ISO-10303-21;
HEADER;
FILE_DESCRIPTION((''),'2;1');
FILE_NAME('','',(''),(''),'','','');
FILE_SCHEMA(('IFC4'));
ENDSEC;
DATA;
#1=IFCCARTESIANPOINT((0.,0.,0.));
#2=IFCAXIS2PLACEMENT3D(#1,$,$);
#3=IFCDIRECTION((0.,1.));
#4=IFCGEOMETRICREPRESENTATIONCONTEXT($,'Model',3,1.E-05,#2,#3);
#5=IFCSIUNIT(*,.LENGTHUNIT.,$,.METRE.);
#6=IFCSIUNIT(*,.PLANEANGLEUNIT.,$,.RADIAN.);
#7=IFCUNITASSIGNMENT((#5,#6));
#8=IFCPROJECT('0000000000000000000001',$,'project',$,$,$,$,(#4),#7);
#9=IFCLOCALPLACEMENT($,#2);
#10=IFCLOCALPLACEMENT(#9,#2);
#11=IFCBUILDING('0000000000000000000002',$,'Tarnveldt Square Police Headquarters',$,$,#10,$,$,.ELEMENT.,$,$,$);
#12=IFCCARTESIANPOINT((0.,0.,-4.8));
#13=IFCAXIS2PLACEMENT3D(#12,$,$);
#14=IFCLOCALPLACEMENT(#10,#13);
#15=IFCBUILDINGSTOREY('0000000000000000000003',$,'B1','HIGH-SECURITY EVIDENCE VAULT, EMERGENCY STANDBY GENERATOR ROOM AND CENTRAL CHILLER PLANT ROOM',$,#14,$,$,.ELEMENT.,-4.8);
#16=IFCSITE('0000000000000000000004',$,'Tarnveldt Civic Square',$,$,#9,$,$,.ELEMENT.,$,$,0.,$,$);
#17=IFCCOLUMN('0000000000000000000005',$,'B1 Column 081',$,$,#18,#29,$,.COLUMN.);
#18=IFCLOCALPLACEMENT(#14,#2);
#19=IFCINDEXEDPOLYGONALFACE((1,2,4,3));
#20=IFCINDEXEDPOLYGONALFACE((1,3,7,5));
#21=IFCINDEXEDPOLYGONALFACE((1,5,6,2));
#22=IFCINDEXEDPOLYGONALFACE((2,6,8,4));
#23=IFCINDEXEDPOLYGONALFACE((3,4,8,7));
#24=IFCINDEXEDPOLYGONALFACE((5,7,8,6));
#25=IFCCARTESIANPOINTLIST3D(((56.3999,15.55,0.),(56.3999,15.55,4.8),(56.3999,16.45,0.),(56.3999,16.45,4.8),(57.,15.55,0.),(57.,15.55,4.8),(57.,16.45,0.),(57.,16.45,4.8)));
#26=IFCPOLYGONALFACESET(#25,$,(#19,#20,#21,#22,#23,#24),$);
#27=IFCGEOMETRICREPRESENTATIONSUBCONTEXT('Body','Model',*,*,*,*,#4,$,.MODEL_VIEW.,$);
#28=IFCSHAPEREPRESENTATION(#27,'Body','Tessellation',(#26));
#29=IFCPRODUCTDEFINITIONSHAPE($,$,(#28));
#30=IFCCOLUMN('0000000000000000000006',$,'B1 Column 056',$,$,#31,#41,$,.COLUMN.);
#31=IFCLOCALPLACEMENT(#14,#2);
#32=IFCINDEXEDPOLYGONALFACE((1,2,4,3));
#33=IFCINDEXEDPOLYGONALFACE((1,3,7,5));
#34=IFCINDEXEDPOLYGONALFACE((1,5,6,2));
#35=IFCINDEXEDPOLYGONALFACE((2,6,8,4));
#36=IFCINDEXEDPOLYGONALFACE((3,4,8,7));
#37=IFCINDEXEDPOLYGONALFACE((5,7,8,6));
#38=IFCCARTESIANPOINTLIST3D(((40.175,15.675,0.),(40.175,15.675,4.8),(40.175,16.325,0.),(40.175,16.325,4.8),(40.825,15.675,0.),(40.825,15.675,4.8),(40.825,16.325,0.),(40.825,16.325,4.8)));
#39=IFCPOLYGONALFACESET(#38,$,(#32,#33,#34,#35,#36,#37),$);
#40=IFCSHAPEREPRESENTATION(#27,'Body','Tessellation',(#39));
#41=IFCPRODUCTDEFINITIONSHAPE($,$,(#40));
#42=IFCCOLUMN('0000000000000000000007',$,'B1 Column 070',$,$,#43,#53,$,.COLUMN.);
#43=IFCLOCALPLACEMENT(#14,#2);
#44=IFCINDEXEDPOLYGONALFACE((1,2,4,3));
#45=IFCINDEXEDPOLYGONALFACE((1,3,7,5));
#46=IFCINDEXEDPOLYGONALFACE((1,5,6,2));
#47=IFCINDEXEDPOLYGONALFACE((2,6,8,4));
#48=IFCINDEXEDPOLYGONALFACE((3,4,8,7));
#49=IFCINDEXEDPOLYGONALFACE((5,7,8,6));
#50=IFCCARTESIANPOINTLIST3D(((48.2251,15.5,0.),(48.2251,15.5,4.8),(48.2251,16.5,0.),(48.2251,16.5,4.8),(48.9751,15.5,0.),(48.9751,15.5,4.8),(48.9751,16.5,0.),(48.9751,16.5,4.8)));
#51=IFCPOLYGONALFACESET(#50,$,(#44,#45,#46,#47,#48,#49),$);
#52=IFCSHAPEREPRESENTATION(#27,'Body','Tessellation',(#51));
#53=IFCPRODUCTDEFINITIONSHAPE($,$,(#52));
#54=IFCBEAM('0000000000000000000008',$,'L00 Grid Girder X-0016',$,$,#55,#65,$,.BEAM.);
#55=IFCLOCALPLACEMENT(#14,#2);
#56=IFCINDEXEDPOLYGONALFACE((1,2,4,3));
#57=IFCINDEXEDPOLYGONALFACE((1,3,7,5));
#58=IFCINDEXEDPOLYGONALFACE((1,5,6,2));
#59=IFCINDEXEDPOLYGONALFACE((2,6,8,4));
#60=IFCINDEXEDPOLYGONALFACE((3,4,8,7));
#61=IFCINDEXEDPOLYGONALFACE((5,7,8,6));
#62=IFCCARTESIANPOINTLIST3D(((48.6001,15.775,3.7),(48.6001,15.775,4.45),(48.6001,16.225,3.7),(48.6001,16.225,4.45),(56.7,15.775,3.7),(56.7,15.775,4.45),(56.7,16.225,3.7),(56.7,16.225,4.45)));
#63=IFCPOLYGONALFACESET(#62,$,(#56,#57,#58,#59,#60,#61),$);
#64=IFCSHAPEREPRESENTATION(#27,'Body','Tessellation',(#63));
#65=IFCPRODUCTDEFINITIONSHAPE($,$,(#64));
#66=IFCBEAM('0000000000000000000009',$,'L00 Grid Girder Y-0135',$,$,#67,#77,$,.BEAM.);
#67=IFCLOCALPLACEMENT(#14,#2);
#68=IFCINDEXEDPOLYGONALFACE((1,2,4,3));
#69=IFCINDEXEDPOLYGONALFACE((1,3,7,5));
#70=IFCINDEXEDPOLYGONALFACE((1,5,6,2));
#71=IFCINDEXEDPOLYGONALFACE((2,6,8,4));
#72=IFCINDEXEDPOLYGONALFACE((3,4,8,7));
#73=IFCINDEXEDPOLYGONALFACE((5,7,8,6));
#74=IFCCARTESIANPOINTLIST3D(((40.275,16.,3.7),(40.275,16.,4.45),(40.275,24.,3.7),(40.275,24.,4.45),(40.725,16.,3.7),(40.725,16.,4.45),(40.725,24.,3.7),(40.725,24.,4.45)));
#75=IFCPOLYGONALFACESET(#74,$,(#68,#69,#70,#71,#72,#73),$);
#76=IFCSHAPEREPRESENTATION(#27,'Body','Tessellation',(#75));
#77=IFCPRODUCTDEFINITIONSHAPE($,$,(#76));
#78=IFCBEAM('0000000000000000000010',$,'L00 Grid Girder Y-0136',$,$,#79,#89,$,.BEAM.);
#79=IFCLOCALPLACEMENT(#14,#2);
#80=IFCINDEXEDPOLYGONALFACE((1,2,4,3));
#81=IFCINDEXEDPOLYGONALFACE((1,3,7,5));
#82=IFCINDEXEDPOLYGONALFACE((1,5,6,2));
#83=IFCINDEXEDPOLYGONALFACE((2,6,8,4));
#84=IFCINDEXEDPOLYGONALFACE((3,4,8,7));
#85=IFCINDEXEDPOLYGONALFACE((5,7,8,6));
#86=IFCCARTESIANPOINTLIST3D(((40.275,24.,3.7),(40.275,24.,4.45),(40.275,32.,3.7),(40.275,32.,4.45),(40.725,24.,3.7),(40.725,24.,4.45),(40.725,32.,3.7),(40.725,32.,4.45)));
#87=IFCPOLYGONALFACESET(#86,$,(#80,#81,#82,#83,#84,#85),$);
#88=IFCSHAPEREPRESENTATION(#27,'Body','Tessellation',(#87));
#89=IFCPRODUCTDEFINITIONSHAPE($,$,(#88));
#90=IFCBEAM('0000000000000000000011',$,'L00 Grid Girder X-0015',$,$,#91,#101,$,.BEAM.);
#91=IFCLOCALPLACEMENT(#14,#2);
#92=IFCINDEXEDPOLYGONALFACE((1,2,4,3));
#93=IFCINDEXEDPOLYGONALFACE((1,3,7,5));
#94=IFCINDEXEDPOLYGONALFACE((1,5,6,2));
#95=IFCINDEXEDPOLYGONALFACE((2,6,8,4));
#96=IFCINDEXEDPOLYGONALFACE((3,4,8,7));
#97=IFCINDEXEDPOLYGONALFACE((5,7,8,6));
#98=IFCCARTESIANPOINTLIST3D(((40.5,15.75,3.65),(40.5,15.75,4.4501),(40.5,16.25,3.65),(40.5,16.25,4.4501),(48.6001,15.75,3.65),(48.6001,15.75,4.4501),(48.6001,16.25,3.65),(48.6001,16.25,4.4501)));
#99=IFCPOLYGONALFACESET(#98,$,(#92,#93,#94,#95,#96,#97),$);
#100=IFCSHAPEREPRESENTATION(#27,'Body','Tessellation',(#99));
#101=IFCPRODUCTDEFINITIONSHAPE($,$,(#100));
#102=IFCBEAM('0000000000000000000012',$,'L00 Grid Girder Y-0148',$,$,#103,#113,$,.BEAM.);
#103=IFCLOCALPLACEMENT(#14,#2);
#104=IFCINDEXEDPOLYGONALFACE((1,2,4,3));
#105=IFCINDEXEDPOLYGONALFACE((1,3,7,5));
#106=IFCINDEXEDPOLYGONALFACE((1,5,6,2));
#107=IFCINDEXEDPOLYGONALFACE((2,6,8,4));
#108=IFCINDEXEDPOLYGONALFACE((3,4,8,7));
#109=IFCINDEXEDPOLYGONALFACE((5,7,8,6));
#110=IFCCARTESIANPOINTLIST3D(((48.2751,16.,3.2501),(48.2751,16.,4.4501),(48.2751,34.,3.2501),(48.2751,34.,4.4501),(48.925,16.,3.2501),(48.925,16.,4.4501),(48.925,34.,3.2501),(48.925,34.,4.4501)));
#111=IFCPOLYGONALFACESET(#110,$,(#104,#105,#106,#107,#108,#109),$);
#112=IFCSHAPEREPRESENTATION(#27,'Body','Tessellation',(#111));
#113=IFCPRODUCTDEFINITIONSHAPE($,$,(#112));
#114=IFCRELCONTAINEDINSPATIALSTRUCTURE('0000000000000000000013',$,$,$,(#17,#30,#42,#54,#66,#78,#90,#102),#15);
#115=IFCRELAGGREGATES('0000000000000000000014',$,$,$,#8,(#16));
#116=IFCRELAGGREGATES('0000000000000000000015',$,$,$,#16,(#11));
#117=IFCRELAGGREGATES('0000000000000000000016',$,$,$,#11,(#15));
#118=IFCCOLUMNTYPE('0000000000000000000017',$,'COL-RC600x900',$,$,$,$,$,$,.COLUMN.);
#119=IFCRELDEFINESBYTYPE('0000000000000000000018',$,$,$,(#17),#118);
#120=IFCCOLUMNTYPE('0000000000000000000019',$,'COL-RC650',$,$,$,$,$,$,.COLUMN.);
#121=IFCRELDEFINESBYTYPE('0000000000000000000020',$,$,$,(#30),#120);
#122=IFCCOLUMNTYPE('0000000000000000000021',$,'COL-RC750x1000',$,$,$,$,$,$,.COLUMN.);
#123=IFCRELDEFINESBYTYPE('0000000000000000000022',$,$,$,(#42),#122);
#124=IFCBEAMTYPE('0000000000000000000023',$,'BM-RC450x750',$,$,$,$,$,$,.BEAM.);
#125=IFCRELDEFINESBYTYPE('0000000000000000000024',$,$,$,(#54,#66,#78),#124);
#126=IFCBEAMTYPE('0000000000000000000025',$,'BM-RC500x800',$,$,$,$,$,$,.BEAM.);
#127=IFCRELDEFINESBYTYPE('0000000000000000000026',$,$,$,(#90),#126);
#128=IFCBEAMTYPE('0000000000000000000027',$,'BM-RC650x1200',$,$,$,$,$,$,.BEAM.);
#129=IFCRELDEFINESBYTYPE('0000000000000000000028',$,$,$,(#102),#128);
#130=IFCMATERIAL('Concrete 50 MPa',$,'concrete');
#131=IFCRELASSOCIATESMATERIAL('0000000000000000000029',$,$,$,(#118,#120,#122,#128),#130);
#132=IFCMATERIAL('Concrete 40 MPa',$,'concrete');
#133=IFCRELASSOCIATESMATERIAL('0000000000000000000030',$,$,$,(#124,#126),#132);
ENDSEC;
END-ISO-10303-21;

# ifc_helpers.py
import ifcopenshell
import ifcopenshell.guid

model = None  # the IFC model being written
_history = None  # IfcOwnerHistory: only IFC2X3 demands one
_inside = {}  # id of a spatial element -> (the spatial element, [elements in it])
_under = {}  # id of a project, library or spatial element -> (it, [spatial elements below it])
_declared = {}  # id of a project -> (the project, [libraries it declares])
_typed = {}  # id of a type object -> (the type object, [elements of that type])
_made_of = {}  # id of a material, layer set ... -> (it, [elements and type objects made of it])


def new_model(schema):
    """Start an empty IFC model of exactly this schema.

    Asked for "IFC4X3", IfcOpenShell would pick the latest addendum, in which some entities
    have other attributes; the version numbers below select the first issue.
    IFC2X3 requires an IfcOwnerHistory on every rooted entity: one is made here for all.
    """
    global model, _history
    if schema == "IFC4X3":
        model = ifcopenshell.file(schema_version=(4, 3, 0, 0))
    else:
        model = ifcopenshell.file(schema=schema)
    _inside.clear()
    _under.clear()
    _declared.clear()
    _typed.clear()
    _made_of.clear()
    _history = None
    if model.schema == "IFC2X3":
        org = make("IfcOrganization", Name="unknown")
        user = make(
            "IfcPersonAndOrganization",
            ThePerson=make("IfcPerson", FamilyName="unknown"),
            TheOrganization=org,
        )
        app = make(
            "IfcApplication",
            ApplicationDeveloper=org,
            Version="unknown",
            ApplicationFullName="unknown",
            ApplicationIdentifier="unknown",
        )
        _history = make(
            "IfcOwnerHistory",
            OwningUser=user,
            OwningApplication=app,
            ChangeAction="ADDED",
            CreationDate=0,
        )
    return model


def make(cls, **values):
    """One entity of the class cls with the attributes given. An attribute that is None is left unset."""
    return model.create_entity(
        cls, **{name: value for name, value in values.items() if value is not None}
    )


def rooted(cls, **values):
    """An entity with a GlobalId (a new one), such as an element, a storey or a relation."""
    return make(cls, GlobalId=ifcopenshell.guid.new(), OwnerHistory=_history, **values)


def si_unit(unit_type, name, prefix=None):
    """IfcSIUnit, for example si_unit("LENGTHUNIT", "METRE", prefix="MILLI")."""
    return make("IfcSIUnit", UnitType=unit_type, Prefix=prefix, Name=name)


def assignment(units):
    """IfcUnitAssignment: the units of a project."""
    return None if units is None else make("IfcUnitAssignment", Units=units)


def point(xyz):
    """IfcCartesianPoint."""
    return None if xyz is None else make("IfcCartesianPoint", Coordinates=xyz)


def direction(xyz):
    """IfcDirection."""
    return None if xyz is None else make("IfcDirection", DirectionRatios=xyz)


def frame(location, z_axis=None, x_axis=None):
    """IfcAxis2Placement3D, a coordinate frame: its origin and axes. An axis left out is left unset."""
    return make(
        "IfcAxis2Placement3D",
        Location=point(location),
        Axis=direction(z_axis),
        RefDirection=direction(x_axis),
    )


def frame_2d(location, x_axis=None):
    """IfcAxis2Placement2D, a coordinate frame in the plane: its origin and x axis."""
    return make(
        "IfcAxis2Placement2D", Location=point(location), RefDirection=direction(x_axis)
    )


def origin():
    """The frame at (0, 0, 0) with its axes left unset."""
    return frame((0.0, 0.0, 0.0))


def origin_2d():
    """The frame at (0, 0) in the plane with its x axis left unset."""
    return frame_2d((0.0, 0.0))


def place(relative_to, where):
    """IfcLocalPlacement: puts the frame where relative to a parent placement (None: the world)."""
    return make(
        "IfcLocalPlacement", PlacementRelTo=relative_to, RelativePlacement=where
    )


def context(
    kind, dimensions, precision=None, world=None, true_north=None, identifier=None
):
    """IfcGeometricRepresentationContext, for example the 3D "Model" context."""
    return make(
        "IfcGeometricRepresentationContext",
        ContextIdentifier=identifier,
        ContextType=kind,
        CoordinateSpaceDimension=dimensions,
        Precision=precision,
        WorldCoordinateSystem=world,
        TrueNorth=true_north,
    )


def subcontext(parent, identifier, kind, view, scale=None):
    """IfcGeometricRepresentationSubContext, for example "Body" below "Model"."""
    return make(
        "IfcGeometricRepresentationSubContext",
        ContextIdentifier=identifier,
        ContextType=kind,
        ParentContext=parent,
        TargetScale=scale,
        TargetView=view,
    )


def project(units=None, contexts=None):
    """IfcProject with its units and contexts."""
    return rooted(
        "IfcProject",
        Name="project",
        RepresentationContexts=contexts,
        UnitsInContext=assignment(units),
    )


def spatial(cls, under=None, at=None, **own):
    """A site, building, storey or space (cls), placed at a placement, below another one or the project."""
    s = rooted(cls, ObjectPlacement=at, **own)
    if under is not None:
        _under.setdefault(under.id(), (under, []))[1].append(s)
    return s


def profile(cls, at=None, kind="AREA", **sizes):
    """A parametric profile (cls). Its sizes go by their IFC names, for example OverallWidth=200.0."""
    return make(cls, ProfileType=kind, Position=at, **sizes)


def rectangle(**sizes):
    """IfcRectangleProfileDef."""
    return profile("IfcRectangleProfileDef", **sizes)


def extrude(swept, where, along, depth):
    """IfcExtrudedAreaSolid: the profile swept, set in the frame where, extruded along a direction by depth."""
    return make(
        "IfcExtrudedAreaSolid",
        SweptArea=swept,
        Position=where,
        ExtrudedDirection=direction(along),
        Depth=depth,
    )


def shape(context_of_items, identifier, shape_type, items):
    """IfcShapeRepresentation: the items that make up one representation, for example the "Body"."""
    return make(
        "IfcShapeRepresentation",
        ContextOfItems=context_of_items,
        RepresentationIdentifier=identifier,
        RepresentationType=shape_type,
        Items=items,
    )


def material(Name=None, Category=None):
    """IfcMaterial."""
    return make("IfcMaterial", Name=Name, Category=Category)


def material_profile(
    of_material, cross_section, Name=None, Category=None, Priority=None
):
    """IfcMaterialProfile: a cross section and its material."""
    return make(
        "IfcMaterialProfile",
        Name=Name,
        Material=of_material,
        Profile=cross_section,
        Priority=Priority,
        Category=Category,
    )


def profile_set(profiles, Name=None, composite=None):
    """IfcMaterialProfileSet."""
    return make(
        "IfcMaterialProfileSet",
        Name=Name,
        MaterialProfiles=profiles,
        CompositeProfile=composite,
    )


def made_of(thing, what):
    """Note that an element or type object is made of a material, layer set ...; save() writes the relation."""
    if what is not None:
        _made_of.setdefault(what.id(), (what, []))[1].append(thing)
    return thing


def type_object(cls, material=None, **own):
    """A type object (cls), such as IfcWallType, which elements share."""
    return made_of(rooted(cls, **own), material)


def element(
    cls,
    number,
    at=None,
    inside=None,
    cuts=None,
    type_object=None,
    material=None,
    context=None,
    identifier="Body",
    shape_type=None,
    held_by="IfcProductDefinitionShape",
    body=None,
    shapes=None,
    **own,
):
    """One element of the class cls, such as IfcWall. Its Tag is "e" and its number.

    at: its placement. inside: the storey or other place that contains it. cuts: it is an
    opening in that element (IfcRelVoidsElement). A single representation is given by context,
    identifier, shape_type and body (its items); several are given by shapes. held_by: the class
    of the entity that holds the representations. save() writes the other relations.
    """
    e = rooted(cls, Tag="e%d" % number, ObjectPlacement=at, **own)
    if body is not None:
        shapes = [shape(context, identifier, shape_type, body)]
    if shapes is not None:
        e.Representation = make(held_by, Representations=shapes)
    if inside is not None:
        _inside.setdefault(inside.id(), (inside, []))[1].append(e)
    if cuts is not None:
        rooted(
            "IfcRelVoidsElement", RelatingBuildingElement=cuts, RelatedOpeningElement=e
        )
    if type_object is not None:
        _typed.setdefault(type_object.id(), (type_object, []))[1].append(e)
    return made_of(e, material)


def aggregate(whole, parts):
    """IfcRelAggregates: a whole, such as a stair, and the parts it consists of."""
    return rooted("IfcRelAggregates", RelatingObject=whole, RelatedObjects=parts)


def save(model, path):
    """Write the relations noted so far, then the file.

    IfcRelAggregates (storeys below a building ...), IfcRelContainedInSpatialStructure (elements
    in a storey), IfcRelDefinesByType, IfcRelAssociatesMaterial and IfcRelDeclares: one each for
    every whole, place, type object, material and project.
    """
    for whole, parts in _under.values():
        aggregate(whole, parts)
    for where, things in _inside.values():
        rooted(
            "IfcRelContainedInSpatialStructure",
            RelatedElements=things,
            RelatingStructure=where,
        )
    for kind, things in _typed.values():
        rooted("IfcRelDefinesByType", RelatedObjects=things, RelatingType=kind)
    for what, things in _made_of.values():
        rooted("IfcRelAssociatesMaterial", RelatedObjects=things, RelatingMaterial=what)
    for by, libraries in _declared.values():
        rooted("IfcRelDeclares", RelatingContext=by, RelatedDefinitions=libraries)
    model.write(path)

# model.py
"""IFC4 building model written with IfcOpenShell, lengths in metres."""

from ifc_helpers import new_model, si_unit, direction, frame, origin, origin_2d, place, context, subcontext, project, spatial, rectangle, extrude, material, material_profile, profile_set, type_object, element, save


model = new_model("IFC4")

# Units and contexts
model_context = context("Model", 3, precision=1e-05, world=origin(), true_north=direction((0.0, 1.0)))
body_context = subcontext(model_context, "Body", "Model", "MODEL_VIEW")
ifc_project = project(units=[si_unit("LENGTHUNIT", "METRE"), si_unit("PLANEANGLEUNIT", "RADIAN")], contexts=[model_context])

# Site, building, storey
site_placement = place(None, origin())
site = spatial("IfcSite", under=ifc_project, at=site_placement, Name="Tarnveldt Civic Square", CompositionType="ELEMENT", RefElevation=0.0)
building_placement = place(site_placement, origin())
building = spatial("IfcBuilding", under=site, at=building_placement, Name="Tarnveldt Square Police Headquarters", CompositionType="ELEMENT")
storey_placement = place(building_placement, frame((0.0, 0.0, -4.8)))
storey = spatial("IfcBuildingStorey", under=building, at=storey_placement, Name="B1", Description="HIGH-SECURITY EVIDENCE VAULT, EMERGENCY STANDBY GENERATOR ROOM AND CENTRAL CHILLER PLANT ROOM", CompositionType="ELEMENT", Elevation=-4.8)

# Shared definitions
ifc_material_1 = material(Name="Concrete 40 MPa", Category="concrete")

# Columns
ifc_material_2 = material(Name="Concrete 50 MPa", Category="concrete")
ifc_material_profile_1 = material_profile(ifc_material_2, rectangle(XDim=0.6001, YDim=0.8999, at=origin_2d()), Name="RC-C600x900")
ifc_profile_set_1 = profile_set([ifc_material_profile_1], Name="Concrete 50 MPa")
column_type_1 = type_object("IfcColumnType", Name="COL-RC600x900", PredefinedType="COLUMN", material=ifc_profile_set_1)
for number, where, z_axis, x_axis, name in (
    (1, (56.7, 16.0, 0.0), (0.0, 0.0, 1.0), (1.0, 0.0, 0.0), "B1 Column 081"),
):
    element("IfcColumn", number, at=place(storey_placement, frame(where, z_axis=z_axis, x_axis=x_axis)), inside=storey, type_object=column_type_1, Name=name, PredefinedType="COLUMN", context=body_context, shape_type="SweptSolid", body=[
        extrude(rectangle(XDim=0.6001, YDim=0.8999, at=origin_2d()), origin(), (0.0, 0.0, 1.0), 4.8),
    ])
ifc_material_profile_2 = material_profile(ifc_material_2, rectangle(XDim=0.6499, YDim=0.6499, at=origin_2d()), Name="RC-C650x650")
ifc_profile_set_2 = profile_set([ifc_material_profile_2], Name="Concrete 50 MPa")
column_type_2 = type_object("IfcColumnType", Name="COL-RC650", PredefinedType="COLUMN", material=ifc_profile_set_2)
column_1_placement = place(storey_placement, frame((40.5, 16.0, 0.0), z_axis=(0.0, 0.0, 1.0), x_axis=(1.0, 0.0, 0.0)))
element("IfcColumn", 2, at=column_1_placement, inside=storey, type_object=column_type_2, Name="B1 Column 056", PredefinedType="COLUMN", context=body_context, shape_type="SweptSolid", body=[
    extrude(rectangle(XDim=0.6499, YDim=0.6499, at=origin_2d()), origin(), (0.0, 0.0, 1.0), 4.8),
])
ifc_material_profile_3 = material_profile(ifc_material_2, rectangle(XDim=0.75, YDim=1.0, at=origin_2d()), Name="RC-C750x1000")
ifc_profile_set_3 = profile_set([ifc_material_profile_3], Name="Concrete 50 MPa")
column_type_3 = type_object("IfcColumnType", Name="COL-RC750x1000", PredefinedType="COLUMN", material=ifc_profile_set_3)
column_2_placement = place(storey_placement, frame((48.6001, 16.0, 0.0), z_axis=(0.0, 0.0, 1.0), x_axis=(1.0, 0.0, 0.0)))
element("IfcColumn", 3, at=column_2_placement, inside=storey, type_object=column_type_3, Name="B1 Column 070", PredefinedType="COLUMN", context=body_context, shape_type="SweptSolid", body=[
    extrude(rectangle(XDim=0.75, YDim=1.0, at=origin_2d()), origin(), (0.0, 0.0, 1.0), 4.8),
])

# Beams
ifc_material_profile_4 = material_profile(ifc_material_1, rectangle(XDim=0.45, YDim=0.75, at=origin_2d()), Name="RC-B450x750")
ifc_profile_set_4 = profile_set([ifc_material_profile_4], Name="Concrete 40 MPa")
beam_type_1 = type_object("IfcBeamType", Name="BM-RC450x750", PredefinedType="BEAM", material=ifc_profile_set_4)
beam_1_placement = place(storey_placement, frame((48.6001, 16.0, 4.075), z_axis=(1.0, 0.0, 0.0), x_axis=(0.0, 1.0, 0.0)))
element("IfcBeam", 4, at=beam_1_placement, inside=storey, type_object=beam_type_1, Name="L00 Grid Girder X-0016", PredefinedType="BEAM", context=body_context, shape_type="SweptSolid", body=[
    extrude(rectangle(XDim=0.45, YDim=0.75, at=origin_2d()), origin(), (0.0, 0.0, 1.0), 8.0999),
])
for number, where, z_axis, x_axis, name in (
    (5, (40.5, 16.0, 4.075), (0.0, 1.0, 0.0), (-1.0, 0.0, 0.0), "L00 Grid Girder Y-0135"),
    (6, (40.5, 24.0, 4.075), (0.0, 1.0, 0.0), (-1.0, 0.0, 0.0), "L00 Grid Girder Y-0136"),
):
    element("IfcBeam", number, at=place(storey_placement, frame(where, z_axis=z_axis, x_axis=x_axis)), inside=storey, type_object=beam_type_1, Name=name, PredefinedType="BEAM", context=body_context, shape_type="SweptSolid", body=[
        extrude(rectangle(XDim=0.45, YDim=0.75, at=origin_2d()), origin(), (0.0, 0.0, 1.0), 8.0),
    ])
ifc_material_profile_5 = material_profile(ifc_material_1, rectangle(XDim=0.5, YDim=0.8, at=origin_2d()), Name="RC-B500x800")
ifc_profile_set_5 = profile_set([ifc_material_profile_5], Name="Concrete 40 MPa")
beam_type_2 = type_object("IfcBeamType", Name="BM-RC500x800", PredefinedType="BEAM", material=ifc_profile_set_5)
beam_2_placement = place(storey_placement, frame((40.5, 16.0, 4.05), z_axis=(1.0, 0.0, 0.0), x_axis=(0.0, 1.0, 0.0)))
element("IfcBeam", 7, at=beam_2_placement, inside=storey, type_object=beam_type_2, Name="L00 Grid Girder X-0015", PredefinedType="BEAM", context=body_context, shape_type="SweptSolid", body=[
    extrude(rectangle(XDim=0.5, YDim=0.8, at=origin_2d()), origin(), (0.0, 0.0, 1.0), 8.1001),
])
ifc_material_profile_6 = material_profile(ifc_material_2, rectangle(XDim=0.6499, YDim=1.2, at=origin_2d()), Name="RC-B650x1200")
ifc_profile_set_6 = profile_set([ifc_material_profile_6], Name="Concrete 50 MPa")
beam_type_3 = type_object("IfcBeamType", Name="BM-RC650x1200", PredefinedType="BEAM", material=ifc_profile_set_6)
beam_3_placement = place(storey_placement, frame((48.6001, 16.0, 3.8501), z_axis=(0.0, 1.0, 0.0), x_axis=(-1.0, 0.0, 0.0)))
element("IfcBeam", 8, at=beam_3_placement, inside=storey, type_object=beam_type_3, Name="L00 Grid Girder Y-0148", PredefinedType="BEAM", context=body_context, shape_type="SweptSolid", body=[
    extrude(rectangle(XDim=0.6499, YDim=1.2, at=origin_2d()), origin(), (0.0, 0.0, 1.0), 18.0),
])

save(model, "model.ifc")
